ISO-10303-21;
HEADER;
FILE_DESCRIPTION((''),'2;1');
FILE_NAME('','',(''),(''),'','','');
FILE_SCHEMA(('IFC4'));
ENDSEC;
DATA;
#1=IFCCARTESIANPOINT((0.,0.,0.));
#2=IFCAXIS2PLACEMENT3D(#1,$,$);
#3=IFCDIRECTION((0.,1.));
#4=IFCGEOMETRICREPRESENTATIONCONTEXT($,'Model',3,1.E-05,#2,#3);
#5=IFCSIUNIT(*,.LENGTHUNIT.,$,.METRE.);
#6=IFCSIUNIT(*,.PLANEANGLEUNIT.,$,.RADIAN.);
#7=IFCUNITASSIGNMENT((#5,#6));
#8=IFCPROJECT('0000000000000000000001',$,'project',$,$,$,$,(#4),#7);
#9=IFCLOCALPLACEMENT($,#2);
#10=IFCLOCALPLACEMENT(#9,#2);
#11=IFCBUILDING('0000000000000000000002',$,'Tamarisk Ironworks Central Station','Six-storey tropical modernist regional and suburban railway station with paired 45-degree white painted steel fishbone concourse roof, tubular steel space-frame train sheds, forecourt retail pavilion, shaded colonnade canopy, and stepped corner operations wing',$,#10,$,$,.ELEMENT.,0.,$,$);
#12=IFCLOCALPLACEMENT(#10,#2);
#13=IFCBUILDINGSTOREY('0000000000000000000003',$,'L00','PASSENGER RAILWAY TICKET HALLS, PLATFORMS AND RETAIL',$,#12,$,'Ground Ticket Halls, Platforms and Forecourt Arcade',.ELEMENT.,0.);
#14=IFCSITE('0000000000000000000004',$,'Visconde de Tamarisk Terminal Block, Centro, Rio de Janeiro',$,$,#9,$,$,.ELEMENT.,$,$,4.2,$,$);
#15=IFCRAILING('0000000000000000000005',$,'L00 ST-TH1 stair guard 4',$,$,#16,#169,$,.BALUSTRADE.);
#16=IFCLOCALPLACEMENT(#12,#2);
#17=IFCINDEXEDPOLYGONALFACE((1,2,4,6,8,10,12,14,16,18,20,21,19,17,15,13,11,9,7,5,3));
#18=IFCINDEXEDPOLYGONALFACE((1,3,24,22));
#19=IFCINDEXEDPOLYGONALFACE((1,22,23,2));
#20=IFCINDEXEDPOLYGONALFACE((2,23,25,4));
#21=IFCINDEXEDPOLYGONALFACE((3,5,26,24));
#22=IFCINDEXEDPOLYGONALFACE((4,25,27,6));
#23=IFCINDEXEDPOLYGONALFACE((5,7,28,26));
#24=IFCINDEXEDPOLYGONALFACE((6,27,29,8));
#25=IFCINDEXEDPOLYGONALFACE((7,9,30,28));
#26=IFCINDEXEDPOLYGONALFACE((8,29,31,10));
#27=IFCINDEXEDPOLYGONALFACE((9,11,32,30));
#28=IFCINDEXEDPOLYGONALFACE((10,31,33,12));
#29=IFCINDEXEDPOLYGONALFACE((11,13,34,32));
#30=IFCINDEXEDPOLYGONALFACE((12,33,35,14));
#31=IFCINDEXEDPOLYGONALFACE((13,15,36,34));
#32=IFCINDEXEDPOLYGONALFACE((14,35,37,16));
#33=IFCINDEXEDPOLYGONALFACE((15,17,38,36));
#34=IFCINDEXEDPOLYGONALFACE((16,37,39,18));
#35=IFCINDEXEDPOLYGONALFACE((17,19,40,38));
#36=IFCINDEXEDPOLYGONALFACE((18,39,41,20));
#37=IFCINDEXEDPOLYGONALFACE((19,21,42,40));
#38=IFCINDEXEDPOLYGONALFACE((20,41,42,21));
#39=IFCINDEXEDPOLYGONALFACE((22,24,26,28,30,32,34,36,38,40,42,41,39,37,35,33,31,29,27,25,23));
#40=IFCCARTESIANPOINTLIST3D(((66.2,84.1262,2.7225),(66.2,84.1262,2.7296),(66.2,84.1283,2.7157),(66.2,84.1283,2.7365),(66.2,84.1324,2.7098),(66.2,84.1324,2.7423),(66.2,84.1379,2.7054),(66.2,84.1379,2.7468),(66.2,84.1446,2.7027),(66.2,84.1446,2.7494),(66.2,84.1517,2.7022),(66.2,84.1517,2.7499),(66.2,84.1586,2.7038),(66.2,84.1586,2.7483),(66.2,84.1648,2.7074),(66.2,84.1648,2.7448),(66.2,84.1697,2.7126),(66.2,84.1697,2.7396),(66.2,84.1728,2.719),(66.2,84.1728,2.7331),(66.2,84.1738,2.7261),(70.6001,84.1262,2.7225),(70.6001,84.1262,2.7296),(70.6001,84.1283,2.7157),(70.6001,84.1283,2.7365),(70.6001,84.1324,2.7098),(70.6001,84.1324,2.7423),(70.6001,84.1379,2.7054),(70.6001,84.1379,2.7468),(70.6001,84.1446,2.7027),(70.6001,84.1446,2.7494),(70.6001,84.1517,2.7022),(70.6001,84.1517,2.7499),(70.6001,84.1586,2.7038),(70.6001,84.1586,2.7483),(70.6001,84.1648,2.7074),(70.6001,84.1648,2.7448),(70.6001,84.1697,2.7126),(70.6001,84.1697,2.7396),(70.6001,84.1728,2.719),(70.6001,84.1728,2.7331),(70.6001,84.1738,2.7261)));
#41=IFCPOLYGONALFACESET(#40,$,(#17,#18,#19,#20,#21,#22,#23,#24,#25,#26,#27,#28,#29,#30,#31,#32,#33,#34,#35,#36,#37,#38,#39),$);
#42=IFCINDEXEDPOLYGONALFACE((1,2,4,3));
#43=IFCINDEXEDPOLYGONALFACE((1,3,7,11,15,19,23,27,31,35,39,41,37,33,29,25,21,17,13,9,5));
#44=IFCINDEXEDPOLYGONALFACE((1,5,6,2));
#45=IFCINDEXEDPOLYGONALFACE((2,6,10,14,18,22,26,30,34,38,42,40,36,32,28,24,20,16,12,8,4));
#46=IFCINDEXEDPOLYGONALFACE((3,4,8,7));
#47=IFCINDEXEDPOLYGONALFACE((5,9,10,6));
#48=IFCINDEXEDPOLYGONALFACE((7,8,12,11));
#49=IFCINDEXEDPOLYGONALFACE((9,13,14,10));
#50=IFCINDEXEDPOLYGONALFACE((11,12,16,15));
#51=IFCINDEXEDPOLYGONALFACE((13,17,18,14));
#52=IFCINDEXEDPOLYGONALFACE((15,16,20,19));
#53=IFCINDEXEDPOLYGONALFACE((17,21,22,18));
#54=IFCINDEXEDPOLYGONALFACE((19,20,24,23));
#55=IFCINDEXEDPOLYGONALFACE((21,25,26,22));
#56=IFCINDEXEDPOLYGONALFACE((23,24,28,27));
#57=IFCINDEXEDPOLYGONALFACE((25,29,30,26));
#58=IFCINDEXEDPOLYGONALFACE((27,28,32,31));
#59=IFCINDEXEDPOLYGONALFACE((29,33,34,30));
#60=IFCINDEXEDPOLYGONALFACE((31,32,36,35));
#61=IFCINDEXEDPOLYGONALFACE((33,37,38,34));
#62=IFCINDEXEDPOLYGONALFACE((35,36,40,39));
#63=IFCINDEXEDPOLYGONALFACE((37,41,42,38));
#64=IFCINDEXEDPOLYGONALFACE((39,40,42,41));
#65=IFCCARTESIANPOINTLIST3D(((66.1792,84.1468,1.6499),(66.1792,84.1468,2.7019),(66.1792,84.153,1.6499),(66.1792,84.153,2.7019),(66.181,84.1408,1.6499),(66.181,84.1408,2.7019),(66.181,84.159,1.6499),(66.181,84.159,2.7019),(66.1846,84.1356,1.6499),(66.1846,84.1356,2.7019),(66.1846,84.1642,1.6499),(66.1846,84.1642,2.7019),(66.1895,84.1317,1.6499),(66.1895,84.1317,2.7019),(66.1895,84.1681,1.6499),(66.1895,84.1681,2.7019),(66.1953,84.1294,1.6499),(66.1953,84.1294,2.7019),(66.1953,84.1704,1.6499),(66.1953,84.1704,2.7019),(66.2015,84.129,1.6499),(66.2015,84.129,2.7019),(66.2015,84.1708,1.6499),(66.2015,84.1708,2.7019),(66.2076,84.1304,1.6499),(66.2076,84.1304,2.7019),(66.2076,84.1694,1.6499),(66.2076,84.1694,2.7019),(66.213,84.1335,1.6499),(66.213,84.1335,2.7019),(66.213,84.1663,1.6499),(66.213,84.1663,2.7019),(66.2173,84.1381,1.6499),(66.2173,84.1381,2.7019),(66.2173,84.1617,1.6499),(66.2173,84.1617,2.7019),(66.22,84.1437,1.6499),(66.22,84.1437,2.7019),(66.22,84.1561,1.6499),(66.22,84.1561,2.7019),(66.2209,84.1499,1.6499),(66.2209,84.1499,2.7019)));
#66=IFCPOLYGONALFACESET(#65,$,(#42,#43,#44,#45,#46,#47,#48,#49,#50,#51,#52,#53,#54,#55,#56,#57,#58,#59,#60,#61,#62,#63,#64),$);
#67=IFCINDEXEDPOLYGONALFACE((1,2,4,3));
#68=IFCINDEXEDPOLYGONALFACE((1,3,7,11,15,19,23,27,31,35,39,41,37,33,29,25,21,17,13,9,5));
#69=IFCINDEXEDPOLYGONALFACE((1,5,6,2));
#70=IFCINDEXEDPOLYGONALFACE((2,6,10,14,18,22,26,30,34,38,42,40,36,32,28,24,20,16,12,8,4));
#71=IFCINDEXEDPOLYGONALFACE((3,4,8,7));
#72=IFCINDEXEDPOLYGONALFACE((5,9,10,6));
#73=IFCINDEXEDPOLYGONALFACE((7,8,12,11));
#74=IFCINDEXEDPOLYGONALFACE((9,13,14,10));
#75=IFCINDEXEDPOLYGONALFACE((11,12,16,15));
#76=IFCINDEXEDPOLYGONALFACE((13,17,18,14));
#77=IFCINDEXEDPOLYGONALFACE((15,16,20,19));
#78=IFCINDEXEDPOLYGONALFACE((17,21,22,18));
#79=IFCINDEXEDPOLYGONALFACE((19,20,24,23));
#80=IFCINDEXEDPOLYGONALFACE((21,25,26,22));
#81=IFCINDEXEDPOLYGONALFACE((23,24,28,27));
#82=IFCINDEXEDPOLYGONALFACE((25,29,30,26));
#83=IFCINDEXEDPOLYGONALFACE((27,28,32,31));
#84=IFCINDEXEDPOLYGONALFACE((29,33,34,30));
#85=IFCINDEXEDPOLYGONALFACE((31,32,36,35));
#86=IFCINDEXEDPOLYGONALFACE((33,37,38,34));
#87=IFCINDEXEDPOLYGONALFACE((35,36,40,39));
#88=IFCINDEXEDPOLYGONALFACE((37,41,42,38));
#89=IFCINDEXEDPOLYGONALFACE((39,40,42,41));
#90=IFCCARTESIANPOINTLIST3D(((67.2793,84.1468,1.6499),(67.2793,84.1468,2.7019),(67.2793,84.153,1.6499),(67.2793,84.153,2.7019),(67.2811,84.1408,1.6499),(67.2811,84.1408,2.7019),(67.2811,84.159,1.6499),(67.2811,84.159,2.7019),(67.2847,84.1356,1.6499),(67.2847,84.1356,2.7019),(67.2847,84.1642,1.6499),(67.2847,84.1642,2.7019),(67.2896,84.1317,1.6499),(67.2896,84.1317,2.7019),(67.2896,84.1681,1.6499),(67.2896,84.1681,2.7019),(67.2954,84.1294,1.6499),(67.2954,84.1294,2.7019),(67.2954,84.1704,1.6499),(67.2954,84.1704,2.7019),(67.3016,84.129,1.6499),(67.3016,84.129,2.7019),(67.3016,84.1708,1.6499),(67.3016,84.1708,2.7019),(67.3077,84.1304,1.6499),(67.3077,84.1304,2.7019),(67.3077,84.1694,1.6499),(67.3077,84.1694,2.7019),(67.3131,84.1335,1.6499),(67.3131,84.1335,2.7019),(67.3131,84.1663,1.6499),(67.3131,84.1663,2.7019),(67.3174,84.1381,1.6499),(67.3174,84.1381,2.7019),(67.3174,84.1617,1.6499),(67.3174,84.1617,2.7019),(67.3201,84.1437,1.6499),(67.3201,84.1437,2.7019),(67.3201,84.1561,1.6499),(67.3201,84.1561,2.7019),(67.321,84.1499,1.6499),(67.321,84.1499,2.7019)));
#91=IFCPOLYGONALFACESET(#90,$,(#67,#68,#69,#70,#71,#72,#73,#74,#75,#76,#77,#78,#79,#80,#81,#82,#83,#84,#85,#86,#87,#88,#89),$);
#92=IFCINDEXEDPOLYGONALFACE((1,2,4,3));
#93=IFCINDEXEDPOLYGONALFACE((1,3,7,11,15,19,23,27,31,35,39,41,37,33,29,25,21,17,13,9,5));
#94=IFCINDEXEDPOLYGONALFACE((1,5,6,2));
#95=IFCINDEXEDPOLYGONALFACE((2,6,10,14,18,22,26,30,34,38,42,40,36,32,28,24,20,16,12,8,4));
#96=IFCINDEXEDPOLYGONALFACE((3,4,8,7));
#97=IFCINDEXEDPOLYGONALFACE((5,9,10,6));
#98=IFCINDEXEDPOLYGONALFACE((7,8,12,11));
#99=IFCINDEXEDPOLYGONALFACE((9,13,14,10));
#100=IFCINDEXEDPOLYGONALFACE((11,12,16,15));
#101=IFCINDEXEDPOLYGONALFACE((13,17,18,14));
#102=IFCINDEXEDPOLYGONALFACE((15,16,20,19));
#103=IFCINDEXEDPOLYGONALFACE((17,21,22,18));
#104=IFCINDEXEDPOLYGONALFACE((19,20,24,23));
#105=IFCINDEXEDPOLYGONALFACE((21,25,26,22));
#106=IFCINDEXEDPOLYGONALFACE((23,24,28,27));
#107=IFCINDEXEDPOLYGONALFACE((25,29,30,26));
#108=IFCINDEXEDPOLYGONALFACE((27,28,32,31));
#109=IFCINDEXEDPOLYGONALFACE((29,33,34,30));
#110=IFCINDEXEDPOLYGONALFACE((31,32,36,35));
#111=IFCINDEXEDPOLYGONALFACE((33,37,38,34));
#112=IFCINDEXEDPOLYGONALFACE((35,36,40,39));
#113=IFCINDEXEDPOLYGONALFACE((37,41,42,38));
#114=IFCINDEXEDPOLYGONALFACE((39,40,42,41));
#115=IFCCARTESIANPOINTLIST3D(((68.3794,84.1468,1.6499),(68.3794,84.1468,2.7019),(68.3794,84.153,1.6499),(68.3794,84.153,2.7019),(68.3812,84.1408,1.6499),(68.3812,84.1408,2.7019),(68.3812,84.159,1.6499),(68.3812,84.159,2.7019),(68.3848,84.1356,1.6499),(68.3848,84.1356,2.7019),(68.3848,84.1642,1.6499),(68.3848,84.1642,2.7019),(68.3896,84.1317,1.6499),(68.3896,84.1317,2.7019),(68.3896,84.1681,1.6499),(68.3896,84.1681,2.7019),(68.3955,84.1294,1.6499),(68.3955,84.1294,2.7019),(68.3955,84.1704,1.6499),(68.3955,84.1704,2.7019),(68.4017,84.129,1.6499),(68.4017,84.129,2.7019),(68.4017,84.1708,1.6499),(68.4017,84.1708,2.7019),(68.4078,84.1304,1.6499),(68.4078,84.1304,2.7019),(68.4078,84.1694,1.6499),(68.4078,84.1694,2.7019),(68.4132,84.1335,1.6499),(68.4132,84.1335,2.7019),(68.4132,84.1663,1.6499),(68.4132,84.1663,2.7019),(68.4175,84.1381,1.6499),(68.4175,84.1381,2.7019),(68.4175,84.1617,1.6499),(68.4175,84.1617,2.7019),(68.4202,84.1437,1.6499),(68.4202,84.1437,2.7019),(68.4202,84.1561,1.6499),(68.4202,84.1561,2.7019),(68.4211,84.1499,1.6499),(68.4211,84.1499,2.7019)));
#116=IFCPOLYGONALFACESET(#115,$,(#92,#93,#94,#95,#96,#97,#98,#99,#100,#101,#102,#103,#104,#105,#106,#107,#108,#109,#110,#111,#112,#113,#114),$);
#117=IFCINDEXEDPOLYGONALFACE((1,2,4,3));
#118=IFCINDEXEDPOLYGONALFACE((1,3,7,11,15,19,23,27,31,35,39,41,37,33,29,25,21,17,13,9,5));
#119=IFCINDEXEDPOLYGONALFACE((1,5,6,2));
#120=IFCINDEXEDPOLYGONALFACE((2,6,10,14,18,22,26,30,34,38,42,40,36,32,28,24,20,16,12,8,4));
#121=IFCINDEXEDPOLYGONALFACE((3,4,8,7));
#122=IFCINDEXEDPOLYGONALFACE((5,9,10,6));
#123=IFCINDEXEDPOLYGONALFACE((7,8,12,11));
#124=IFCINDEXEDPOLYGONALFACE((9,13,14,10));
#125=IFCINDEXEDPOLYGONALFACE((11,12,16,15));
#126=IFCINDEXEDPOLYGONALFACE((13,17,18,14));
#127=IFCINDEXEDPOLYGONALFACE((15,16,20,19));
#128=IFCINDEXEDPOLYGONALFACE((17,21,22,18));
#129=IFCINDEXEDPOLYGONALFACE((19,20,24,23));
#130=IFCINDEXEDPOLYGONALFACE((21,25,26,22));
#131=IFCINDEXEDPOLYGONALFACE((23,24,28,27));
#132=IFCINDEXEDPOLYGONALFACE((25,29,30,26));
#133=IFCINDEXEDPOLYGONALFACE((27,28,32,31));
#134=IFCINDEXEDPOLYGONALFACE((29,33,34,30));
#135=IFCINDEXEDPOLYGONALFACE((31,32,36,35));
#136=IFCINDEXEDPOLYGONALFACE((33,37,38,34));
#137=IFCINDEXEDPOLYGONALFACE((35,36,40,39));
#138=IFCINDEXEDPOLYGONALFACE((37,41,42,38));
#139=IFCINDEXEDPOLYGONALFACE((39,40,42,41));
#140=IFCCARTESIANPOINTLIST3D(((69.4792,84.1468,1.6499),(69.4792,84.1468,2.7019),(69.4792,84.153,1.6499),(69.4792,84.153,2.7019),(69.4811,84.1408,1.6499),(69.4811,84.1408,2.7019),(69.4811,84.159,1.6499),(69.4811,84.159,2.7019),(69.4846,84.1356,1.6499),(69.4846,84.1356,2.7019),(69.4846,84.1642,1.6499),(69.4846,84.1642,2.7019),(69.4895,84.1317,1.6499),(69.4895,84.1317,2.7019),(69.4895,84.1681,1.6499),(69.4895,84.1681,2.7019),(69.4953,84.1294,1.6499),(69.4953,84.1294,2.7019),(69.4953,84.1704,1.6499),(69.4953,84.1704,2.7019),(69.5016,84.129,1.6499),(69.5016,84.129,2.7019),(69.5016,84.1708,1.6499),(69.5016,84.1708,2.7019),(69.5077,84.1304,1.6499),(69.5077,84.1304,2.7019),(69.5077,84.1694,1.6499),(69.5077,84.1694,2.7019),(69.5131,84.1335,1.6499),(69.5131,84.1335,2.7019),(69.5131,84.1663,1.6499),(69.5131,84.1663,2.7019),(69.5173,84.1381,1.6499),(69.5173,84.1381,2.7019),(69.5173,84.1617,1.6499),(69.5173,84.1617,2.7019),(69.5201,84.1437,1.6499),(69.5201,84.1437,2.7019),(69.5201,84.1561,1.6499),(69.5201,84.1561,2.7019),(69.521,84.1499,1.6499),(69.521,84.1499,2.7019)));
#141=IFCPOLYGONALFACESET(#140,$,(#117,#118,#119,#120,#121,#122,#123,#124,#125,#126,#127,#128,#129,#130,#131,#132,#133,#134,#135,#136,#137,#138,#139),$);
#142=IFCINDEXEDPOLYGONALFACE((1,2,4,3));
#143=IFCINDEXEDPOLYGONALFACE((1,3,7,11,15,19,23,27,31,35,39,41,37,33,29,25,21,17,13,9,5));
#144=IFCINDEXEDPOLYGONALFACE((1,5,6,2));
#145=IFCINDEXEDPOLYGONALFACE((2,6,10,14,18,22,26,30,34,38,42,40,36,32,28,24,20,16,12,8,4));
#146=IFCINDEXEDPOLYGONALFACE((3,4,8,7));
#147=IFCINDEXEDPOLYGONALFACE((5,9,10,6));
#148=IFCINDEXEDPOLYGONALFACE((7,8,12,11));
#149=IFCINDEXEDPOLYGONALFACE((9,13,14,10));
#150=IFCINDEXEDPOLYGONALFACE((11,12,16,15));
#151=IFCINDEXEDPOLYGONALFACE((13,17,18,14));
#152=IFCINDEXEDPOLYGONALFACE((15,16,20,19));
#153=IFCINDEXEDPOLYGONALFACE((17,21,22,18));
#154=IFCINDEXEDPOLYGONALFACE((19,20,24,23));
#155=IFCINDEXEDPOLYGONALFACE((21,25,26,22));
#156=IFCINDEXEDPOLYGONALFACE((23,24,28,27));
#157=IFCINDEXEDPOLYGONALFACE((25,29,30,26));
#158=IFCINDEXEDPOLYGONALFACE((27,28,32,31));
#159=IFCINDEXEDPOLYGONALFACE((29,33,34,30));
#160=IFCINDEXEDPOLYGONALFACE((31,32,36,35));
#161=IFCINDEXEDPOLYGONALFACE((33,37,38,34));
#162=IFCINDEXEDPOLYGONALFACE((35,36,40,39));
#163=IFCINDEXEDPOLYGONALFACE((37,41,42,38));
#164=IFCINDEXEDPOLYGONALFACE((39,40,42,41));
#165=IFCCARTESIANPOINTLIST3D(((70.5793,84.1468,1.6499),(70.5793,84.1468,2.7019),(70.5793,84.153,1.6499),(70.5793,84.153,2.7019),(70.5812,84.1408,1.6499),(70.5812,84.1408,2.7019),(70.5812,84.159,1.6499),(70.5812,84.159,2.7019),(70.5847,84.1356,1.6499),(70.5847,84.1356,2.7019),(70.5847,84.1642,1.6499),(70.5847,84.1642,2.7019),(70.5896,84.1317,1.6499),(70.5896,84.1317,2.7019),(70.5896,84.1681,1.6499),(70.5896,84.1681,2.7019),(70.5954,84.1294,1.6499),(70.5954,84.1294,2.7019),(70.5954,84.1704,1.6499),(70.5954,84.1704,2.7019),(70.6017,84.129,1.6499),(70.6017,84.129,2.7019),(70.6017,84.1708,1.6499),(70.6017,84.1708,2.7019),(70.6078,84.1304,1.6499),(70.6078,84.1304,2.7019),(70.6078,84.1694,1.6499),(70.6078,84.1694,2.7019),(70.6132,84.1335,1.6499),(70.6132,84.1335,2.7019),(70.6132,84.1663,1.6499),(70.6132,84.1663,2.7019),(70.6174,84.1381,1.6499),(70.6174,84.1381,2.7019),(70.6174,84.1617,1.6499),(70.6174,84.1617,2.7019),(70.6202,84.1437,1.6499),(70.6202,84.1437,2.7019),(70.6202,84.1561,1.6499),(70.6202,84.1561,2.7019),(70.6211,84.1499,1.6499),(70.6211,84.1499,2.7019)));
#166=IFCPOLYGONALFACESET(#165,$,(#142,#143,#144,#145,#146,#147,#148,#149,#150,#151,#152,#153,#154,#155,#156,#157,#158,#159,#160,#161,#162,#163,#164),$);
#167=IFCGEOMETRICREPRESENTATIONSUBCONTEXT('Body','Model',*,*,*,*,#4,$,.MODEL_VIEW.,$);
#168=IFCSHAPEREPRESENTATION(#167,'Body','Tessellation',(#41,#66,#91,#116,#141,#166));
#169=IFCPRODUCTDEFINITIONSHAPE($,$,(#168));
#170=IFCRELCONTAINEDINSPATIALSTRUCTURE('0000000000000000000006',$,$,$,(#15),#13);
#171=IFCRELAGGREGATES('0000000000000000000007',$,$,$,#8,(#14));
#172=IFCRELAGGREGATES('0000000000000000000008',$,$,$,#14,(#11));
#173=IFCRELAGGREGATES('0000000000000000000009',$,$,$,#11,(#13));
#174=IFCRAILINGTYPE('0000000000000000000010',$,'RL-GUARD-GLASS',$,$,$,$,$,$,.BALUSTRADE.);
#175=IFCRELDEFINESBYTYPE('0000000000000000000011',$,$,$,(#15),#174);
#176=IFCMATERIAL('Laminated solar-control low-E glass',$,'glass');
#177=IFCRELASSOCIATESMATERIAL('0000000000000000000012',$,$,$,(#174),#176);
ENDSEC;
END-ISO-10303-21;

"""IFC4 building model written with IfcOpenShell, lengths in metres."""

from ifc_helpers import new_model, si_unit, direction, frame, origin, origin_2d, place, context, subcontext, project, spatial, circle, extrude, material, type_object, element, save


model = new_model("IFC4")

# Units and contexts
model_context = context("Model", 3, precision=1e-05, world=origin(), true_north=direction((0.0, 1.0)))
body_context = subcontext(model_context, "Body", "Model", "MODEL_VIEW")
ifc_project = project(units=[si_unit("LENGTHUNIT", "METRE"), si_unit("PLANEANGLEUNIT", "RADIAN")], contexts=[model_context])

# Site, building, storey
site_placement = place(None, origin())
site = spatial("IfcSite", under=ifc_project, at=site_placement, Name="Visconde de Tamarisk Terminal Block, Centro, Rio de Janeiro", CompositionType="ELEMENT", RefElevation=4.2)
building_placement = place(site_placement, origin())
building = spatial("IfcBuilding", under=site, at=building_placement, Name="Tamarisk Ironworks Central Station", Description="Six-storey tropical modernist regional and suburban railway station with paired 45-degree white painted steel fishbone concourse roof, tubular steel space-frame train sheds, forecourt retail pavilion, shaded colonnade canopy, and stepped corner operations wing", CompositionType="ELEMENT", ElevationOfRefHeight=0.0)
storey_placement = place(building_placement, origin())
storey = spatial("IfcBuildingStorey", under=building, at=storey_placement, Name="L00", Description="PASSENGER RAILWAY TICKET HALLS, PLATFORMS AND RETAIL", LongName="Ground Ticket Halls, Platforms and Forecourt Arcade", CompositionType="ELEMENT", Elevation=0.0)

# Shared definitions
ifc_material_1 = material(Name="Laminated solar-control low-E glass", Category="glass")

# Railing
railing_type_1 = type_object("IfcRailingType", Name="RL-GUARD-GLASS", PredefinedType="BALUSTRADE", material=ifc_material_1)
railing_1_placement = place(storey_placement, frame((66.2, 84.1499, 1.6499)))
element("IfcRailing", 1, at=railing_1_placement, inside=storey, type_object=railing_type_1, Name="L00 ST-TH1 stair guard 4", PredefinedType="BALUSTRADE", context=body_context, shape_type="SweptSolid", body=[
    extrude(circle(Radius=0.0239, at=origin_2d()), frame((0.0, 0.0, 1.0762), z_axis=(1.0, 0.0, 0.0), x_axis=(0.0, 1.0, 0.0)), (0.0, 0.0, 1.0), 4.4001),
    extrude(circle(Radius=0.021, at=origin_2d()), origin(), (0.0, 0.0, 1.0), 1.052),
    extrude(circle(Radius=0.021, at=origin_2d()), frame((1.1001, 0.0, 0.0)), (0.0, 0.0, 1.0), 1.052),
    extrude(circle(Radius=0.021, at=origin_2d()), frame((2.2002, 0.0, 0.0)), (0.0, 0.0, 1.0), 1.052),
    extrude(circle(Radius=0.021, at=origin_2d()), frame((3.3, 0.0, 0.0)), (0.0, 0.0, 1.0), 1.052),
    extrude(circle(Radius=0.021, at=origin_2d()), frame((4.4001, 0.0, 0.0)), (0.0, 0.0, 1.0), 1.052),
])

save(model, "model.ifc")
